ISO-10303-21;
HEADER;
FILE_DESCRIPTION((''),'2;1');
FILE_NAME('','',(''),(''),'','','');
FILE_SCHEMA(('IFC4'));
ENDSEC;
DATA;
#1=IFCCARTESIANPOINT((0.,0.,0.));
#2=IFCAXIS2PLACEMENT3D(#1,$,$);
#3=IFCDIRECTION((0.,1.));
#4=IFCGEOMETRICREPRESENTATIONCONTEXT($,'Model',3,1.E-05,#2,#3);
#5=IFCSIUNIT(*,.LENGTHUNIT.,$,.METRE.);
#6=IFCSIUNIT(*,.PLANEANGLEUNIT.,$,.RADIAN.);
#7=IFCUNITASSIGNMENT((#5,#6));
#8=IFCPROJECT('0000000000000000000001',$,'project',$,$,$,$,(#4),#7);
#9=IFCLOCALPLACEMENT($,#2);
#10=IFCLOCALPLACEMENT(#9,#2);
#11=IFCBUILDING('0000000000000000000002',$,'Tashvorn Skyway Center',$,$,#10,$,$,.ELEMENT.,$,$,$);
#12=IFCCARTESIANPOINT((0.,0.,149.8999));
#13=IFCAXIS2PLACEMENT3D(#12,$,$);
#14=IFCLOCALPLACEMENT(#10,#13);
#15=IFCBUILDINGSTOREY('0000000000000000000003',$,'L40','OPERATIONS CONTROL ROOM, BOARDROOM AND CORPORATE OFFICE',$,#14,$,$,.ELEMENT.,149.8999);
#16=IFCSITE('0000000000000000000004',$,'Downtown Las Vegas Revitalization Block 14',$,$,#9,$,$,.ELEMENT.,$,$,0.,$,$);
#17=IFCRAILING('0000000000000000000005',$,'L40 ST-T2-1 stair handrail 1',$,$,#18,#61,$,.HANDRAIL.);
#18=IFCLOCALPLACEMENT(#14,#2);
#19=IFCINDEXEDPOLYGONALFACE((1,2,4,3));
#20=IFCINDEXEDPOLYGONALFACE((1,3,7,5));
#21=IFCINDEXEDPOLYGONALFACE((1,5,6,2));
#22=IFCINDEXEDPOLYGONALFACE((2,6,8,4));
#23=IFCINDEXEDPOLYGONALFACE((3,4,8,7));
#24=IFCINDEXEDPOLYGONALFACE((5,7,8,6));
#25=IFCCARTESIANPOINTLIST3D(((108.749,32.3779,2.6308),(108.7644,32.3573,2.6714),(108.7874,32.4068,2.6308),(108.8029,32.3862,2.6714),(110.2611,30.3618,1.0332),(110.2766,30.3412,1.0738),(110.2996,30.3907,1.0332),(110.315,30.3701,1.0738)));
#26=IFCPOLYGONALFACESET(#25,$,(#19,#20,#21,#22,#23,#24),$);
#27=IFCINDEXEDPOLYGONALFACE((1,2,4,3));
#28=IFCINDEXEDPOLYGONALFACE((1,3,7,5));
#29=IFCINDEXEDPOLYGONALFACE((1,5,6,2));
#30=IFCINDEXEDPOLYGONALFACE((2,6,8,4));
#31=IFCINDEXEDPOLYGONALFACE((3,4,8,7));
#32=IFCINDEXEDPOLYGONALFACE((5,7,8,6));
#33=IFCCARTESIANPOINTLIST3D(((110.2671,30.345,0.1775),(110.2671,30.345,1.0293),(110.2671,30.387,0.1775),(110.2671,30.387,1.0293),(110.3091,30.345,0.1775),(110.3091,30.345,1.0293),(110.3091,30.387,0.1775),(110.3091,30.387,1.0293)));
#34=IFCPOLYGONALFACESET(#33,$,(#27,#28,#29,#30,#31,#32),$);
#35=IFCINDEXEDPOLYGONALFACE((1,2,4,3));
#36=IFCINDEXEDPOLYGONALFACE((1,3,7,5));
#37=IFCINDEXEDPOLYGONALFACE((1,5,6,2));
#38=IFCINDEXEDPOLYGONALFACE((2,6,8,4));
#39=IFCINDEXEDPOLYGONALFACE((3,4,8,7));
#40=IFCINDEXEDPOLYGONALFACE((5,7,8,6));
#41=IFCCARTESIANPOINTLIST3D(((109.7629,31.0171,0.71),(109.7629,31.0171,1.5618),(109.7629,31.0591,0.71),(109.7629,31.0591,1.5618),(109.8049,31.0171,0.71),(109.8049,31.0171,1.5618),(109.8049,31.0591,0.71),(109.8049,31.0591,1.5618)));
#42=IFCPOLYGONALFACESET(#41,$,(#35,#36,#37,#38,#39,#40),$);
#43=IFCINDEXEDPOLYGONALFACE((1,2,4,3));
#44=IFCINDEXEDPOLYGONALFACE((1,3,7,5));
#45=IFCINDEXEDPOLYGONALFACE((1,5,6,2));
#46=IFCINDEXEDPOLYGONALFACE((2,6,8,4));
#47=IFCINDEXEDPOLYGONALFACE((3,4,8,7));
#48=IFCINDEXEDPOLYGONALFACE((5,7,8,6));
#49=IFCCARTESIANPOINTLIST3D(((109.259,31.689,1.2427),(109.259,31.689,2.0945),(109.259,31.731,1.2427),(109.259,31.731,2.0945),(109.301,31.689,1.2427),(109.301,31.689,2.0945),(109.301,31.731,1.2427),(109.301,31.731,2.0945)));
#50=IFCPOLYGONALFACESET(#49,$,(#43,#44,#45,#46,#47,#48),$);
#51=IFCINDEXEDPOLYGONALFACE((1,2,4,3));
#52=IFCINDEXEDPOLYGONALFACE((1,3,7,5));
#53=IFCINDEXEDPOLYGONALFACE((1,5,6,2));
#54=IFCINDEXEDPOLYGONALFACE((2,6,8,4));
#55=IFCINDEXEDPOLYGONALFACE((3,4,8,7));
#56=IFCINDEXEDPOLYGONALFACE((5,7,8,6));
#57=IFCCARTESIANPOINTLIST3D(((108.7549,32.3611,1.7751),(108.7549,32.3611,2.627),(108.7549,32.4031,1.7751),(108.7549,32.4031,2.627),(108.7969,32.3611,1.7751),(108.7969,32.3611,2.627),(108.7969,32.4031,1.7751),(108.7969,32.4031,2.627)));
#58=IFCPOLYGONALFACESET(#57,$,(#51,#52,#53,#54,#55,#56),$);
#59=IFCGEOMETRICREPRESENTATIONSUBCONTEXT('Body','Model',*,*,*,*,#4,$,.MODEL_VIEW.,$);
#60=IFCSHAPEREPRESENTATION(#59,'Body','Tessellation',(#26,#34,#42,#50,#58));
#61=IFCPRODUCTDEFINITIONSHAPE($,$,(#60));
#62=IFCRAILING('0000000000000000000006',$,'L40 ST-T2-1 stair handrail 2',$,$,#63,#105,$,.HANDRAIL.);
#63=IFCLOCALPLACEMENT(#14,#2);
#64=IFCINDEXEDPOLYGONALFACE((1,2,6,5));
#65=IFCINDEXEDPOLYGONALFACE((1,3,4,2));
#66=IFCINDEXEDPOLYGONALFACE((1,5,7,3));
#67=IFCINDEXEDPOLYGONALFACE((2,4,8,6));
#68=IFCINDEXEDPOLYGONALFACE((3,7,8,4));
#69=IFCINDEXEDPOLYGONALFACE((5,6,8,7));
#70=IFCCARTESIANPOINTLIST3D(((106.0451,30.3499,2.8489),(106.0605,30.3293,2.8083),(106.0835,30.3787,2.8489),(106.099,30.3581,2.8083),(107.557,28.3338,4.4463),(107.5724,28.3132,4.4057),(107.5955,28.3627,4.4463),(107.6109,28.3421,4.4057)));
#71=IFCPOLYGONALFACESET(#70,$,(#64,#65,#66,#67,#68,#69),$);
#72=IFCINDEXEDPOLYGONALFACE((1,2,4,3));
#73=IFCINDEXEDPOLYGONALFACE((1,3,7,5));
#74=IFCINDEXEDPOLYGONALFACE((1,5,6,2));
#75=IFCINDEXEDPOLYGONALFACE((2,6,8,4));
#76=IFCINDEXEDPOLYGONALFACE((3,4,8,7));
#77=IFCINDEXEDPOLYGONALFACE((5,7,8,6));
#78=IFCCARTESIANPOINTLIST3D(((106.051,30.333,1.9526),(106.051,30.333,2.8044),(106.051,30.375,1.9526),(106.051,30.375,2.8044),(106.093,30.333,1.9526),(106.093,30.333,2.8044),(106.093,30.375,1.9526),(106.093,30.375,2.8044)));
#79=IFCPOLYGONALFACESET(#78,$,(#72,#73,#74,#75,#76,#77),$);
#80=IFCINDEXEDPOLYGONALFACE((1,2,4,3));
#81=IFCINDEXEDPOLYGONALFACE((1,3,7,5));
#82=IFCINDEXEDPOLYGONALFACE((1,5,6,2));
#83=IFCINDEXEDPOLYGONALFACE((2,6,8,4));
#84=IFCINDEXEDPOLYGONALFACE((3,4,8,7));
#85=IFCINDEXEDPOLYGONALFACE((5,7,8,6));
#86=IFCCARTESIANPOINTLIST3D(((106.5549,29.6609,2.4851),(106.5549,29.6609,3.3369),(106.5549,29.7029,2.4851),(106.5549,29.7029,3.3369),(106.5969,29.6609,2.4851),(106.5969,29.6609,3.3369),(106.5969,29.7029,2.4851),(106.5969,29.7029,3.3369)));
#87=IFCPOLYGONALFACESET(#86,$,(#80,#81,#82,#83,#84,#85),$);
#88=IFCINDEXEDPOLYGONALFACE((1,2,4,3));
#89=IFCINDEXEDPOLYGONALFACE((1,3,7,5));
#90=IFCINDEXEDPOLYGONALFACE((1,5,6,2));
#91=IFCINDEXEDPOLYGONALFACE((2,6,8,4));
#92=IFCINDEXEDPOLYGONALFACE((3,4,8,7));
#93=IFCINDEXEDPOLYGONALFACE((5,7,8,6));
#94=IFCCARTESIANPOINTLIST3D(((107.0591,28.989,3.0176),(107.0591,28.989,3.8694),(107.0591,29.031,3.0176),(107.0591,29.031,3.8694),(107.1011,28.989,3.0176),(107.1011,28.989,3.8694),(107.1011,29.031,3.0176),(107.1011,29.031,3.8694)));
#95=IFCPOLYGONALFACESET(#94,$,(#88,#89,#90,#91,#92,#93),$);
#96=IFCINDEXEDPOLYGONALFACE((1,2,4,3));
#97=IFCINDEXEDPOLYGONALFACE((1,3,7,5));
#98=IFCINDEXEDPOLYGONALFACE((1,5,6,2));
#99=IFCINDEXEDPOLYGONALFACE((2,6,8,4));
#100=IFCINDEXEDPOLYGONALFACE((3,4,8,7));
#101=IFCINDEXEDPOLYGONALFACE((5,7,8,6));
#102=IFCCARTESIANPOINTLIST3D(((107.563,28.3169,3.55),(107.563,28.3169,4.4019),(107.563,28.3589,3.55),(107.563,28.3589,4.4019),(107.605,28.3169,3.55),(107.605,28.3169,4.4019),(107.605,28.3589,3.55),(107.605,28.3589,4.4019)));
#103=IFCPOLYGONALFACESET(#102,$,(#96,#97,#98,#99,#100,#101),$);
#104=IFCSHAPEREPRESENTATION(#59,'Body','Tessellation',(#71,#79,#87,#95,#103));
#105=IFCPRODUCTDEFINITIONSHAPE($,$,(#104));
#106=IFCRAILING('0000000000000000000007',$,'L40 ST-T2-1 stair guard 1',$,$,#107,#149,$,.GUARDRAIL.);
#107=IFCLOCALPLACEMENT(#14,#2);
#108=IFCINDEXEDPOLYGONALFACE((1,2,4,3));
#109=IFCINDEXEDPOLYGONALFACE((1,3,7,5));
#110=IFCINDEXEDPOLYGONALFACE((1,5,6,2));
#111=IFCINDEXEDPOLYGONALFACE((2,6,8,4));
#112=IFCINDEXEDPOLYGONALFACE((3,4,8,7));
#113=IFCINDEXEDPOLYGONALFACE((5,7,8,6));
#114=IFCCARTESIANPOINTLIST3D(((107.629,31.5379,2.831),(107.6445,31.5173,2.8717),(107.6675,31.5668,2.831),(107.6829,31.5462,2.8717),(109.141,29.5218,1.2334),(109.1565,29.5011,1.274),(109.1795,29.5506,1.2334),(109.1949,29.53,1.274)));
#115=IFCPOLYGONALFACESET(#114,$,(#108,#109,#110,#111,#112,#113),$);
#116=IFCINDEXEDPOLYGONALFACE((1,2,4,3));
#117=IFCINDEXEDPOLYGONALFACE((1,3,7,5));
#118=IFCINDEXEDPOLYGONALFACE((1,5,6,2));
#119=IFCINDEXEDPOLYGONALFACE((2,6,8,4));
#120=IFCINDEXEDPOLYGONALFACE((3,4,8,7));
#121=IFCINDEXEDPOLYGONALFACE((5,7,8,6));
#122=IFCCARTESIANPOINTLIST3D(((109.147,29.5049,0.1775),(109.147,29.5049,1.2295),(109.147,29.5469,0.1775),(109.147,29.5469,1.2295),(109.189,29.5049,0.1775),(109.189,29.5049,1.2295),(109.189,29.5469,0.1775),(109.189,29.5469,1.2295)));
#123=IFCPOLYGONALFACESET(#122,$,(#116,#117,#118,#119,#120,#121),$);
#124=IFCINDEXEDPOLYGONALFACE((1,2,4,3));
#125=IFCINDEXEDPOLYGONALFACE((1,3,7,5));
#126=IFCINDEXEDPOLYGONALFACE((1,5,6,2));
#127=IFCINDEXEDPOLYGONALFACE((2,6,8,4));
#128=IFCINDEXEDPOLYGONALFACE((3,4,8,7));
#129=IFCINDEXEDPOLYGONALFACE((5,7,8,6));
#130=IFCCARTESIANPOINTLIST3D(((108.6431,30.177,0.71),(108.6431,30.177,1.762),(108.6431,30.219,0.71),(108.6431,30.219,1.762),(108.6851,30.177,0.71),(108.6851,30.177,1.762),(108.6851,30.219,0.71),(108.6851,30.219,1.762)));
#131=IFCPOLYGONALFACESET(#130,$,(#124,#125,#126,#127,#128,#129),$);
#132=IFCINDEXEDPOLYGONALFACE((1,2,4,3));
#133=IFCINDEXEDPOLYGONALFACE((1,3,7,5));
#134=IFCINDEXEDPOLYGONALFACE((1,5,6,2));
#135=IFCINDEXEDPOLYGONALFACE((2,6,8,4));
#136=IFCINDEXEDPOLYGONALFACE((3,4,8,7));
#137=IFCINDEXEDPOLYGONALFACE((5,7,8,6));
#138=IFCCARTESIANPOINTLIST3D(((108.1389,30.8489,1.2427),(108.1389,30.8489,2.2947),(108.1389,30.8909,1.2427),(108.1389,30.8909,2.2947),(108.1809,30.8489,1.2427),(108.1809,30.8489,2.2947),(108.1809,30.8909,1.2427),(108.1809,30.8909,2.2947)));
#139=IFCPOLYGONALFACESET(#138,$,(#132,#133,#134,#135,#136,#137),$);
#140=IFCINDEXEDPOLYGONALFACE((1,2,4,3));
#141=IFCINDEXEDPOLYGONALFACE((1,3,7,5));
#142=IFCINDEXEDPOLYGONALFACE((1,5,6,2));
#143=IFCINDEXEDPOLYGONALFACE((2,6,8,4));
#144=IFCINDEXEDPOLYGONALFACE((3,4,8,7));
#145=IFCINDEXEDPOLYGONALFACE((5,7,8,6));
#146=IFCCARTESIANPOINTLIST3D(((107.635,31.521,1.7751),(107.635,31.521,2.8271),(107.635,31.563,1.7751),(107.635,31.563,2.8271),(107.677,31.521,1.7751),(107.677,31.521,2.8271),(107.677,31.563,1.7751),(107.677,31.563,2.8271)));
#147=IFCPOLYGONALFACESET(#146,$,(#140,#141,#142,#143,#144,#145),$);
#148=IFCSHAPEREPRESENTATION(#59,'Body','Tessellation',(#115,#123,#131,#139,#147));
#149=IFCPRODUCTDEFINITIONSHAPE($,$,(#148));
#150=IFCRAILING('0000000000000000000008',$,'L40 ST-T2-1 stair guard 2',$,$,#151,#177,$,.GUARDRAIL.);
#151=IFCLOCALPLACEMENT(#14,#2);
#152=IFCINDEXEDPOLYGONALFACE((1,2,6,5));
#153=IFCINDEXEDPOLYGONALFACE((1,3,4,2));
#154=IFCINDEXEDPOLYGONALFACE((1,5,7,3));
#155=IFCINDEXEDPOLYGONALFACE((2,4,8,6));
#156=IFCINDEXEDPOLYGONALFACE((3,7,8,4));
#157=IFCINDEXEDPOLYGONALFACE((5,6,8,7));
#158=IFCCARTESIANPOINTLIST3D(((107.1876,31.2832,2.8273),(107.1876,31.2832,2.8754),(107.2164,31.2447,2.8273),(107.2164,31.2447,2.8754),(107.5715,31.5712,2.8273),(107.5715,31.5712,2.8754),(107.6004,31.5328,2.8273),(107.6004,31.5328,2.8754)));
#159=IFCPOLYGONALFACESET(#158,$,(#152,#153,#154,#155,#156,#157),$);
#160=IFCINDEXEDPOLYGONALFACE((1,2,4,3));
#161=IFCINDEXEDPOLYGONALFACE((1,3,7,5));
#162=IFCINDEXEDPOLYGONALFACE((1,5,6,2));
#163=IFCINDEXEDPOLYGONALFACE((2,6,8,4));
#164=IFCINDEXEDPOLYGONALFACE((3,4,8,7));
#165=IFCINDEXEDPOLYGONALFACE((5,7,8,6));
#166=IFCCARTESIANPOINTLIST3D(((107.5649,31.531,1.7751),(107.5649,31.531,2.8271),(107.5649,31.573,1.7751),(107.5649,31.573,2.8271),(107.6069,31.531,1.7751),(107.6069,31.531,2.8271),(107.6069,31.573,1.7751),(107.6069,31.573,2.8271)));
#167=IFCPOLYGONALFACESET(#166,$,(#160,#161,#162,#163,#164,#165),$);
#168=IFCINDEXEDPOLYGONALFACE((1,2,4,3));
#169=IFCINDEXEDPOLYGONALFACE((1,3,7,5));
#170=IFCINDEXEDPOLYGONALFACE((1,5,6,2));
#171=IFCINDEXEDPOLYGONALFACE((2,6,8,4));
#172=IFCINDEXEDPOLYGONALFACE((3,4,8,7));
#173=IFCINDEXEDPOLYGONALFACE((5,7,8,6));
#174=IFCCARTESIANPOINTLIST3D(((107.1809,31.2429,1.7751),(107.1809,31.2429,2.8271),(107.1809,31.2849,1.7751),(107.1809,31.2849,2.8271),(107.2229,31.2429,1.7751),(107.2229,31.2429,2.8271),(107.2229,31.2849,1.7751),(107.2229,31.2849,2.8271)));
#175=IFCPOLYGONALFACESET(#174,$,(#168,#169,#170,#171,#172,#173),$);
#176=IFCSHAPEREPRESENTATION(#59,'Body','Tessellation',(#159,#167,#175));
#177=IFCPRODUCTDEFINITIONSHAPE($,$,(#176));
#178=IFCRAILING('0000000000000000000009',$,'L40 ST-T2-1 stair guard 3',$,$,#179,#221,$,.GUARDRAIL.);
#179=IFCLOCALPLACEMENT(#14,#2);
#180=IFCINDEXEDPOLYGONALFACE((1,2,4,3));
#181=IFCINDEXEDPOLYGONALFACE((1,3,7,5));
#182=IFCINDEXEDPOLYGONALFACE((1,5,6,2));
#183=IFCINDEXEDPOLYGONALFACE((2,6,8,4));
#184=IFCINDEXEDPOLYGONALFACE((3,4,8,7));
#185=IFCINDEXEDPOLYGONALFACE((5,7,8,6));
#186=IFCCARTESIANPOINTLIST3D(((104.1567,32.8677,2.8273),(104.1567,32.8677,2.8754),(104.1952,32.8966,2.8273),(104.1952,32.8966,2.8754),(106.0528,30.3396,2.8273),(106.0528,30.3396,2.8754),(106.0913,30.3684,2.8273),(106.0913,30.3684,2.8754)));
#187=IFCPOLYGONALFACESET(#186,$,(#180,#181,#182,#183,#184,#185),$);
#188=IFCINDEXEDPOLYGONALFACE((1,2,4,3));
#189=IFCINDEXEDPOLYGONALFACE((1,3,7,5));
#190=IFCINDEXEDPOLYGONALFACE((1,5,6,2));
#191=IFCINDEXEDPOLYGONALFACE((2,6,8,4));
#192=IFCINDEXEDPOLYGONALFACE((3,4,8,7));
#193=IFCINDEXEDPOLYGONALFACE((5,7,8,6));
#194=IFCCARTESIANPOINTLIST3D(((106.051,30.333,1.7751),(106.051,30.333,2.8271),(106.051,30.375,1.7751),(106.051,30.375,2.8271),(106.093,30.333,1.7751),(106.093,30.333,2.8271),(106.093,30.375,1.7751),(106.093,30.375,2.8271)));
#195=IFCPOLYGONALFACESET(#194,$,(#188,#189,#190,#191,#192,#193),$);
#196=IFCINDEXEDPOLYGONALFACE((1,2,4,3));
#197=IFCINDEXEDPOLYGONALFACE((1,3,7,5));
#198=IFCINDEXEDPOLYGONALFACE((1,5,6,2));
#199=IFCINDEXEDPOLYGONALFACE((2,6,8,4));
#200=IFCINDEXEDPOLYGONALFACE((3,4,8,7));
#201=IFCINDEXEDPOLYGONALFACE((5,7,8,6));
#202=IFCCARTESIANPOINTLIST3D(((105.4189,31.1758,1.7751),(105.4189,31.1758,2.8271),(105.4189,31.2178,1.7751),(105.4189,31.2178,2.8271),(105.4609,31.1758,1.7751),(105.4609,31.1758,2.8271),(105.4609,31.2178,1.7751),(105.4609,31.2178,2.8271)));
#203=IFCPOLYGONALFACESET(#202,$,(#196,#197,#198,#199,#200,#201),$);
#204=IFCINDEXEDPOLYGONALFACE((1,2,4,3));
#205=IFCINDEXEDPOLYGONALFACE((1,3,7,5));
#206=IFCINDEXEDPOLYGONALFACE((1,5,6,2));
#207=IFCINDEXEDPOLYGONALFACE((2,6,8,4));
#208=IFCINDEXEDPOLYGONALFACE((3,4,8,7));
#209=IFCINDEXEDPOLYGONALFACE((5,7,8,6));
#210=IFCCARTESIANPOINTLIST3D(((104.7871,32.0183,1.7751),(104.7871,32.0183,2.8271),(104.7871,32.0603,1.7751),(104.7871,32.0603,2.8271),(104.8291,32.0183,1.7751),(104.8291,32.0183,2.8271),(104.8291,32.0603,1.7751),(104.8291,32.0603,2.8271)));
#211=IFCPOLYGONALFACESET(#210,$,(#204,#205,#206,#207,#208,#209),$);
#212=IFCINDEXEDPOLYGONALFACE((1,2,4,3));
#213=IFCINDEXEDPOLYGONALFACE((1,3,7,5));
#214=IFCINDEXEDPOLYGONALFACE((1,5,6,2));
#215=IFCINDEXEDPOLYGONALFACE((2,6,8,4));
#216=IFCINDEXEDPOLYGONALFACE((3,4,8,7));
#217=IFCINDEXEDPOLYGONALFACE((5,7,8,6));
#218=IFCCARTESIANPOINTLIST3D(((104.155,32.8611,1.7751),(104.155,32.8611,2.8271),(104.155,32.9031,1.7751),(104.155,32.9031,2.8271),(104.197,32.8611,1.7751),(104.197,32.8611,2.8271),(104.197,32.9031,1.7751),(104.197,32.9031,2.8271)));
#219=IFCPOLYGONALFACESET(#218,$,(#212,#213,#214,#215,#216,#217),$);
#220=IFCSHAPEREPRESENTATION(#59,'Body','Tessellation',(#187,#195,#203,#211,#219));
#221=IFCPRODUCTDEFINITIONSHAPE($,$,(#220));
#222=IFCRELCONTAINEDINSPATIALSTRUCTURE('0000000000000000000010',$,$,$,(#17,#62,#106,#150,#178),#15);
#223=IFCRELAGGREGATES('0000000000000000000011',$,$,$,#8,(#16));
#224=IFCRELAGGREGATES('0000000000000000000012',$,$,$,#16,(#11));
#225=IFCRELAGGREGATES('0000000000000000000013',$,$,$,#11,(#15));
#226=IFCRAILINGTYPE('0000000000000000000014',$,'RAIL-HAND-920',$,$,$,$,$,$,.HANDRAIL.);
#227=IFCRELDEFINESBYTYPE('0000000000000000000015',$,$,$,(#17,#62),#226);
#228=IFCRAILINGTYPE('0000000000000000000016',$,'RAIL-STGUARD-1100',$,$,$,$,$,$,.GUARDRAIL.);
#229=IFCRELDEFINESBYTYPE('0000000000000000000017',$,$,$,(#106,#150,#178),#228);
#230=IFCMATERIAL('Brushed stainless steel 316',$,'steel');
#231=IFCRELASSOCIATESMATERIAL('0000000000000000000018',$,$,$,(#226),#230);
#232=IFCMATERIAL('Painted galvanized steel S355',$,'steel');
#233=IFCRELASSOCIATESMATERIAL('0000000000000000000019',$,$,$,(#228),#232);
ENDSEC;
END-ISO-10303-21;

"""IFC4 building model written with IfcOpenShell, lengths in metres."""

from ifc_helpers import new_model, si_unit, direction, frame, origin, origin_2d, place, context, subcontext, project, spatial, rectangle, extrude, material, type_object, element, save


model = new_model("IFC4")

# Units and contexts
model_context = context("Model", 3, precision=1e-05, world=origin(), true_north=direction((0.0, 1.0)))
body_context = subcontext(model_context, "Body", "Model", "MODEL_VIEW")
ifc_project = project(units=[si_unit("LENGTHUNIT", "METRE"), si_unit("PLANEANGLEUNIT", "RADIAN")], contexts=[model_context])

# Site, building, storey
site_placement = place(None, origin())
site = spatial("IfcSite", under=ifc_project, at=site_placement, Name="Downtown Las Vegas Revitalization Block 14", CompositionType="ELEMENT", RefElevation=0.0)
building_placement = place(site_placement, origin())
building = spatial("IfcBuilding", under=site, at=building_placement, Name="Tashvorn Skyway Center", CompositionType="ELEMENT")
storey_placement = place(building_placement, frame((0.0, 0.0, 149.8999)))
storey = spatial("IfcBuildingStorey", under=building, at=storey_placement, Name="L40", Description="OPERATIONS CONTROL ROOM, BOARDROOM AND CORPORATE OFFICE", CompositionType="ELEMENT", Elevation=149.8999)

# Railings
ifc_material_1 = material(Name="Brushed stainless steel 316", Category="steel")
railing_type_1 = type_object("IfcRailingType", Name="RAIL-HAND-920", PredefinedType="HANDRAIL", material=ifc_material_1)
railing_1_placement = place(storey_placement, frame((110.2881, 30.366, 0.1775)))
element("IfcRailing", 1, at=railing_1_placement, inside=storey, type_object=railing_type_1, Name="L40 ST-T2-1 stair handrail 1", PredefinedType="HANDRAIL", context=body_context, shape_type="SweptSolid", body=[
    extrude(rectangle(XDim=0.0481, YDim=0.0481, at=origin_2d()), frame((0.0, 0.0, 0.876), z_axis=(-0.506779, 0.675651, 0.535416), x_axis=(-0.799977, -0.600031, 0.0)), (0.0, 0.0, 1.0), 2.9839),
    extrude(rectangle(XDim=0.042, YDim=0.042, at=origin_2d()), origin(), (0.0, 0.0, 1.0), 0.8518),
    extrude(rectangle(XDim=0.042, YDim=0.042, at=origin_2d()), frame((-0.5042, 0.6721, 0.5325)), (0.0, 0.0, 1.0), 0.8518),
    extrude(rectangle(XDim=0.042, YDim=0.042, at=origin_2d()), frame((-1.0081, 1.344, 1.0652)), (0.0, 0.0, 1.0), 0.8518),
    extrude(rectangle(XDim=0.042, YDim=0.042, at=origin_2d()), frame((-1.5122, 2.0161, 1.5977)), (0.0, 0.0, 1.0), 0.8518),
])
railing_2_placement = place(storey_placement, frame((106.072, 30.354, 1.9526)))
element("IfcRailing", 2, at=railing_2_placement, inside=storey, type_object=railing_type_1, Name="L40 ST-T2-1 stair handrail 2", PredefinedType="HANDRAIL", context=body_context, shape_type="SweptSolid", body=[
    extrude(rectangle(XDim=0.0481, YDim=0.0481, at=origin_2d()), frame((0.0, 0.0, 0.876), z_axis=(0.506741, -0.675709, 0.535379), x_axis=(0.800023, 0.599969, 0.0)), (0.0, 0.0, 1.0), 2.9836),
    extrude(rectangle(XDim=0.042, YDim=0.042, at=origin_2d()), origin(), (0.0, 0.0, 1.0), 0.8518),
    extrude(rectangle(XDim=0.042, YDim=0.042, at=origin_2d()), frame((0.5039, -0.6721, 0.5325)), (0.0, 0.0, 1.0), 0.8518),
    extrude(rectangle(XDim=0.042, YDim=0.042, at=origin_2d()), frame((1.0081, -1.344, 1.0649)), (0.0, 0.0, 1.0), 0.8518),
    extrude(rectangle(XDim=0.042, YDim=0.042, at=origin_2d()), frame((1.512, -2.0161, 1.5974)), (0.0, 0.0, 1.0), 0.8518),
])
ifc_material_2 = material(Name="Painted galvanized steel S355", Category="steel")
railing_type_2 = type_object("IfcRailingType", Name="RAIL-STGUARD-1100", PredefinedType="GUARDRAIL", material=ifc_material_2)
railing_3_placement = place(storey_placement, frame((109.168, 29.5259, 0.1775)))
element("IfcRailing", 3, at=railing_3_placement, inside=storey, type_object=railing_type_2, Name="L40 ST-T2-1 stair guard 1", PredefinedType="GUARDRAIL", context=body_context, shape_type="SweptSolid", body=[
    extrude(rectangle(XDim=0.0481, YDim=0.0481, at=origin_2d()), frame((0.0, 0.0, 1.0762), z_axis=(-0.506719, 0.675679, 0.535438), x_axis=(-0.800023, -0.599969, 0.0)), (0.0, 0.0, 1.0), 2.9839),
    extrude(rectangle(XDim=0.042, YDim=0.042, at=origin_2d()), origin(), (0.0, 0.0, 1.0), 1.052),
    extrude(rectangle(XDim=0.042, YDim=0.042, at=origin_2d()), frame((-0.5039, 0.6721, 0.5325)), (0.0, 0.0, 1.0), 1.052),
    extrude(rectangle(XDim=0.042, YDim=0.042, at=origin_2d()), frame((-1.0081, 1.344, 1.0652)), (0.0, 0.0, 1.0), 1.052),
    extrude(rectangle(XDim=0.042, YDim=0.042, at=origin_2d()), frame((-1.512, 2.0161, 1.5977)), (0.0, 0.0, 1.0), 1.052),
])
railing_4_placement = place(storey_placement, frame((107.5859, 31.552, 1.7751)))
element("IfcRailing", 4, at=railing_4_placement, inside=storey, type_object=railing_type_2, Name="L40 ST-T2-1 stair guard 2", PredefinedType="GUARDRAIL", context=body_context, shape_type="SweptSolid", body=[
    extrude(rectangle(XDim=0.0481, YDim=0.0481, at=origin_2d()), frame((0.0, 0.0, 1.0762), z_axis=(-0.799939, -0.600081, 0.0), x_axis=(0.600081, -0.799939, 0.0)), (0.0, 0.0, 1.0), 0.48),
    extrude(rectangle(XDim=0.042, YDim=0.042, at=origin_2d()), origin(), (0.0, 0.0, 1.0), 1.052),
    extrude(rectangle(XDim=0.042, YDim=0.042, at=origin_2d()), frame((-0.384, -0.2881, 0.0)), (0.0, 0.0, 1.0), 1.052),
])
railing_5_placement = place(storey_placement, frame((106.072, 30.354, 1.7751)))
element("IfcRailing", 5, at=railing_5_placement, inside=storey, type_object=railing_type_2, Name="L40 ST-T2-1 stair guard 3", PredefinedType="GUARDRAIL", context=body_context, shape_type="SweptSolid", body=[
    extrude(rectangle(XDim=0.0481, YDim=0.0481, at=origin_2d()), frame((0.0, 0.0, 1.0762), z_axis=(-0.599988, 0.800009, 0.0), x_axis=(-0.800009, -0.599988, 0.0)), (0.0, 0.0, 1.0), 3.1602),
    extrude(rectangle(XDim=0.042, YDim=0.042, at=origin_2d()), origin(), (0.0, 0.0, 1.0), 1.052),
    extrude(rectangle(XDim=0.042, YDim=0.042, at=origin_2d()), frame((-0.6321, 0.8428, 0.0)), (0.0, 0.0, 1.0), 1.052),
    extrude(rectangle(XDim=0.042, YDim=0.042, at=origin_2d()), frame((-1.2639, 1.6853, 0.0)), (0.0, 0.0, 1.0), 1.052),
    extrude(rectangle(XDim=0.042, YDim=0.042, at=origin_2d()), frame((-1.896, 2.5281, 0.0)), (0.0, 0.0, 1.0), 1.052),
])

save(model, "model.ifc")
